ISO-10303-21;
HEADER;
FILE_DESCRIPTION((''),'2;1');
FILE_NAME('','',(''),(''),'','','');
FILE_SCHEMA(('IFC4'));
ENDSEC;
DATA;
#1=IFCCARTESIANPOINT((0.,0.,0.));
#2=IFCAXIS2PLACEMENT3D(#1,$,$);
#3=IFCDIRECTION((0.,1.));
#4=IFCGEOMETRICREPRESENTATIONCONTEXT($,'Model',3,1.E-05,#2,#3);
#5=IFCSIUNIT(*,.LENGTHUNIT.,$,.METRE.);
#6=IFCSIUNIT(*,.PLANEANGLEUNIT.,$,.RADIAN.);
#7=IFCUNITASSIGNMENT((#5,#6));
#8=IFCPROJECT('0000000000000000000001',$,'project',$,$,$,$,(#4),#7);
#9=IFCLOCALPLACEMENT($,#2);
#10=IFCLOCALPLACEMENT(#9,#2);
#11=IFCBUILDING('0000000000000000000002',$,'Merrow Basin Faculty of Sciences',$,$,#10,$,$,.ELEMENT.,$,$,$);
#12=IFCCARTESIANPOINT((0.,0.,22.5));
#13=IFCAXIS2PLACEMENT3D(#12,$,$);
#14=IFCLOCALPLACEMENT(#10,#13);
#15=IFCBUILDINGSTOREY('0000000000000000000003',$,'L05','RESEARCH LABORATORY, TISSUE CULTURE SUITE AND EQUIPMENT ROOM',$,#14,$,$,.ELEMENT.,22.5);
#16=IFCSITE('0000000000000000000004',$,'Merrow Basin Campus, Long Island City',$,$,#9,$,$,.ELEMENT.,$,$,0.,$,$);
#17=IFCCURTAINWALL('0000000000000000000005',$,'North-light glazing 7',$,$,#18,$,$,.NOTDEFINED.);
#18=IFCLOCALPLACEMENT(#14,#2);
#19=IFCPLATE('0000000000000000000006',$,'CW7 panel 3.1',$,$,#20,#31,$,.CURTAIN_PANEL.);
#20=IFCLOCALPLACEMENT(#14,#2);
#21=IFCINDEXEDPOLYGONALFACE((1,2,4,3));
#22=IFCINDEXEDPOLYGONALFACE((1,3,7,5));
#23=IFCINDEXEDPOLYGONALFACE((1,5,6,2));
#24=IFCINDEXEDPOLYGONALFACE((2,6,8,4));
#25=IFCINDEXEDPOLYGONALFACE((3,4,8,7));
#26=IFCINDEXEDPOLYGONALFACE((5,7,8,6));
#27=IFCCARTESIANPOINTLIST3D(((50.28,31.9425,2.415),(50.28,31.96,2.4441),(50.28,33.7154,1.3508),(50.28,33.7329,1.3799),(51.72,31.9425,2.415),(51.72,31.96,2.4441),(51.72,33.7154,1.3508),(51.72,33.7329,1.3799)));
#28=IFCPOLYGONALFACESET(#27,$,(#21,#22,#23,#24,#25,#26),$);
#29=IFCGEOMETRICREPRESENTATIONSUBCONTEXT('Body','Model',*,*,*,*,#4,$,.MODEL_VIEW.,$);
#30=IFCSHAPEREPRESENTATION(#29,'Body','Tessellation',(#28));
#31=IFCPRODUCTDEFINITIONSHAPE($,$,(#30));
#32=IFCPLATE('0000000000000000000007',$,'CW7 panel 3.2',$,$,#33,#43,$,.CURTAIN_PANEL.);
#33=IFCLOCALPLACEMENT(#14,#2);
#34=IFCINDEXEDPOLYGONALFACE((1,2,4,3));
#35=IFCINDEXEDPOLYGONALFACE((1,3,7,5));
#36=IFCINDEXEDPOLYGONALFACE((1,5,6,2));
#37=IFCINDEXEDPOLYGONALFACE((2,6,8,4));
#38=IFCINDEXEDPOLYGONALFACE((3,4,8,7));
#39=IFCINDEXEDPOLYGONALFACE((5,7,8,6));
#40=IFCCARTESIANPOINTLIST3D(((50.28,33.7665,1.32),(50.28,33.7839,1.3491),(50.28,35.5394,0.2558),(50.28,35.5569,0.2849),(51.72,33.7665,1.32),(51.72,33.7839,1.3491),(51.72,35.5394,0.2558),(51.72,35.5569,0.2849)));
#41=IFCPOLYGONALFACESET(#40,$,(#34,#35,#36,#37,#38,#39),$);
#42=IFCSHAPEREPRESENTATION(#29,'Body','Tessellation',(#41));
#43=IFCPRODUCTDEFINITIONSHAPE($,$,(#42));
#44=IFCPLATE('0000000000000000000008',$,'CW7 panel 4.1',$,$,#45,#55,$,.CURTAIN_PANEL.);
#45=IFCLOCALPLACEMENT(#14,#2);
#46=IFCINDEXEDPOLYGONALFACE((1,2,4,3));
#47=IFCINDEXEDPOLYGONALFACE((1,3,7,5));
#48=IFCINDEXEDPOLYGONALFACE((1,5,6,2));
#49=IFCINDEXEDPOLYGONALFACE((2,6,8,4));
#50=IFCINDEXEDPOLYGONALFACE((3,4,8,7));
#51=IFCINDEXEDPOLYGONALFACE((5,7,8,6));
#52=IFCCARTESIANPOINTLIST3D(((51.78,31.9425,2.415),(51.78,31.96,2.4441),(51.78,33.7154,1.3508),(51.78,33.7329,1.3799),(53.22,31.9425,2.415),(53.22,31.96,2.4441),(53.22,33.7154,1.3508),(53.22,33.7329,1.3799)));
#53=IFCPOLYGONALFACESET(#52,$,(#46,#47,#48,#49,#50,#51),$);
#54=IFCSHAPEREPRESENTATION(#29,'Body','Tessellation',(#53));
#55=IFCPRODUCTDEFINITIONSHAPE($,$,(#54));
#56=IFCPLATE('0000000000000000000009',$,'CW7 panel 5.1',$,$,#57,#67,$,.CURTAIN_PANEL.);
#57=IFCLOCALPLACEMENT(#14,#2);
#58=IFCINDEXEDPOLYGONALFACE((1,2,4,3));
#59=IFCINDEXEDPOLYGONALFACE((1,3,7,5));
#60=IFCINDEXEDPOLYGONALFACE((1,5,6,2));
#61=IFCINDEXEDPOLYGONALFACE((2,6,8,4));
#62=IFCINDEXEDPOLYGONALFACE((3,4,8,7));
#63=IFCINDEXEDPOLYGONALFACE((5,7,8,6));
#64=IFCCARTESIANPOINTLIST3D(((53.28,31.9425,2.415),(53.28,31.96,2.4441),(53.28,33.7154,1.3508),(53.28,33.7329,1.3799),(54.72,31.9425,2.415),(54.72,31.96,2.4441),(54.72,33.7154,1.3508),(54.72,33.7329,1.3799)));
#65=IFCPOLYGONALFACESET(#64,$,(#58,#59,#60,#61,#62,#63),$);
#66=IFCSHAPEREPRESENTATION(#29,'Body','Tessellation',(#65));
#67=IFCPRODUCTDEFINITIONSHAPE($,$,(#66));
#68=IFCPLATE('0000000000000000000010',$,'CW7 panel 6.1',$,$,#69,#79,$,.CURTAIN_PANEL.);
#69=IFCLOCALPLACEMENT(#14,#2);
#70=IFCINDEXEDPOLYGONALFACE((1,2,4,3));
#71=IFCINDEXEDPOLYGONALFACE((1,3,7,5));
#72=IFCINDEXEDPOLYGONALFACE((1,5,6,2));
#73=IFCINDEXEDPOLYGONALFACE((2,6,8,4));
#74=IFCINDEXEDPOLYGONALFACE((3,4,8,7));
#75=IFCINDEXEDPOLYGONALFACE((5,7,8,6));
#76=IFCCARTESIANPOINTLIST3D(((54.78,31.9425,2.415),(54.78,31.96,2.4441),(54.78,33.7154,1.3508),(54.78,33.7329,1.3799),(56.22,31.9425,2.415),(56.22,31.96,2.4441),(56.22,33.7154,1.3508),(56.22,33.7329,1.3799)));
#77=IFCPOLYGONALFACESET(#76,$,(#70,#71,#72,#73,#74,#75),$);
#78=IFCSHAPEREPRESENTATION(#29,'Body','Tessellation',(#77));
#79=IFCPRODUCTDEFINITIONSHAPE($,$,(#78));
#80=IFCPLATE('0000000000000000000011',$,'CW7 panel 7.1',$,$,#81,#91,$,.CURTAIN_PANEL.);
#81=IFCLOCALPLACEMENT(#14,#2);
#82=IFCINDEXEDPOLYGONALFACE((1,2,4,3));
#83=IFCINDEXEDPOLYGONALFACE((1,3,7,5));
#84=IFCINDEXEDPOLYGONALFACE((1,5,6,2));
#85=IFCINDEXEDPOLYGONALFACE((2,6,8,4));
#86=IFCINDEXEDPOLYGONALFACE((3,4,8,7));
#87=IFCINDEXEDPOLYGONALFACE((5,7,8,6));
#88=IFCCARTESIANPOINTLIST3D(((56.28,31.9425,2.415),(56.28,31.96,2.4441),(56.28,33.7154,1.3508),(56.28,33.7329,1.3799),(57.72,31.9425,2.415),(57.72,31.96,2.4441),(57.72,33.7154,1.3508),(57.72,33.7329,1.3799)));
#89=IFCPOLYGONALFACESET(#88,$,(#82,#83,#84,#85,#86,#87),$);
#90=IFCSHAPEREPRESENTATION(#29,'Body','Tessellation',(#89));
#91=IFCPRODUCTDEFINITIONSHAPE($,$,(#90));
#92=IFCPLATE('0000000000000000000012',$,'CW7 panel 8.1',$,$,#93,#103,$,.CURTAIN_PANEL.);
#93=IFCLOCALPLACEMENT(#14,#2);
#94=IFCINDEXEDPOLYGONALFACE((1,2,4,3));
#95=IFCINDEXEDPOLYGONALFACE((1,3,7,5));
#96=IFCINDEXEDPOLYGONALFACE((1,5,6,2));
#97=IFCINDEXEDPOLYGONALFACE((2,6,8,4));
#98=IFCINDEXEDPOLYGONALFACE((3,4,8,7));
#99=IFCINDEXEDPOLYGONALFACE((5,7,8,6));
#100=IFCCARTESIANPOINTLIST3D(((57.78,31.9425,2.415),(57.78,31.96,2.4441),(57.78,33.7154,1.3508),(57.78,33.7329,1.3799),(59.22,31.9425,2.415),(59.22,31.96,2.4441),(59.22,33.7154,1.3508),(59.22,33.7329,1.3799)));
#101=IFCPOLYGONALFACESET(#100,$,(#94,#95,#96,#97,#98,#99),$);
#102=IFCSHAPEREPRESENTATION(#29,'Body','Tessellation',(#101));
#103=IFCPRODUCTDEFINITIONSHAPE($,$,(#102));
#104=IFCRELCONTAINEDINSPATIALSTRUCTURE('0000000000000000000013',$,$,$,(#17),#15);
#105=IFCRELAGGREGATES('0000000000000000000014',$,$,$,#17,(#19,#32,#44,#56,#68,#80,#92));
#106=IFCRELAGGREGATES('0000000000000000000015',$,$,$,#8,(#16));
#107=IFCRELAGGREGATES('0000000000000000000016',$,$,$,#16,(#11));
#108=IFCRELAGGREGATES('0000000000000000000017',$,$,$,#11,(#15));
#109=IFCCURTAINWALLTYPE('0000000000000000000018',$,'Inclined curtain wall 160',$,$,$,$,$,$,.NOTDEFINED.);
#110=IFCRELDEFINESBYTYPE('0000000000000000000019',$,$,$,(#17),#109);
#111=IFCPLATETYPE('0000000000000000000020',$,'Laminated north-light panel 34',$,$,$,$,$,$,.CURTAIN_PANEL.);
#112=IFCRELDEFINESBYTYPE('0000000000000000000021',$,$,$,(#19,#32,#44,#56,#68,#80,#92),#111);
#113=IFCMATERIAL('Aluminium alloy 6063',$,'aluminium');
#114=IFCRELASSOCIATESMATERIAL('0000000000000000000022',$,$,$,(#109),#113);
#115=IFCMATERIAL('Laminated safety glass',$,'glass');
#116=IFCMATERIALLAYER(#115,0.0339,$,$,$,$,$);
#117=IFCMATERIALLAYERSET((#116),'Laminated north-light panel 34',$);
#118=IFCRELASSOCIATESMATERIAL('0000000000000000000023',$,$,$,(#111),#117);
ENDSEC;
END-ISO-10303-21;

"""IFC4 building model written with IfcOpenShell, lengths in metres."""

from ifc_helpers import new_model, si_unit, direction, frame, origin, place, context, subcontext, project, spatial, polyline, outline, extrude, material, layer, layer_set, type_object, element, aggregate, save


model = new_model("IFC4")

# Units and contexts
model_context = context("Model", 3, precision=1e-05, world=origin(), true_north=direction((0.0, 1.0)))
body_context = subcontext(model_context, "Body", "Model", "MODEL_VIEW")
ifc_project = project(units=[si_unit("LENGTHUNIT", "METRE"), si_unit("PLANEANGLEUNIT", "RADIAN")], contexts=[model_context])

# Site, building, storey
site_placement = place(None, origin())
site = spatial("IfcSite", under=ifc_project, at=site_placement, Name="Merrow Basin Campus, Long Island City", CompositionType="ELEMENT", RefElevation=0.0)
building_placement = place(site_placement, origin())
building = spatial("IfcBuilding", under=site, at=building_placement, Name="Merrow Basin Faculty of Sciences", CompositionType="ELEMENT")
storey_placement = place(building_placement, frame((0.0, 0.0, 22.5)))
storey = spatial("IfcBuildingStorey", under=building, at=storey_placement, Name="L05", Description="RESEARCH LABORATORY, TISSUE CULTURE SUITE AND EQUIPMENT ROOM", CompositionType="ELEMENT", Elevation=22.5)

# Curtain wall, plates
ifc_material_1 = material(Name="Aluminium alloy 6063", Category="aluminium")
curtain_wall_type = type_object("IfcCurtainWallType", Name="Inclined curtain wall 160", PredefinedType="NOTDEFINED", material=ifc_material_1)
curtain_wall_placement = place(storey_placement, origin())
curtain_wall = element("IfcCurtainWall", 1, at=curtain_wall_placement, inside=storey, type_object=curtain_wall_type, Name="North-light glazing 7", PredefinedType="NOTDEFINED")
ifc_material_2 = material(Name="Laminated safety glass", Category="glass")
ifc_layer = layer(ifc_material_2, 0.0339)
ifc_layer_set = layer_set([ifc_layer], Name="Laminated north-light panel 34")
plate_type = type_object("IfcPlateType", Name="Laminated north-light panel 34", PredefinedType="CURTAIN_PANEL", material=ifc_layer_set)
plate_1_placement = place(storey_placement, frame((50.28, 31.96, 2.4441), z_axis=(0.0, 0.514652, 0.857399), x_axis=(1.0, 0.0, 0.0)))
plate_1 = element("IfcPlate", 2, at=plate_1_placement, type_object=plate_type, Name="CW7 panel 3.1", PredefinedType="CURTAIN_PANEL", context=body_context, shape_type="SweptSolid", body=[
    extrude(outline(polyline([(0.0, 0.0), (1.4399, 0.0), (1.4399, 2.0678), (0.0, 2.0678), (0.0, 0.0)])), origin(), (0.0, 0.0, -1.0), 0.0339),
])
plate_2_placement = place(storey_placement, frame((50.28, 33.7839, 1.3491), z_axis=(0.0, 0.514652, 0.857399), x_axis=(1.0, 0.0, 0.0)))
plate_2 = element("IfcPlate", 3, at=plate_2_placement, type_object=plate_type, Name="CW7 panel 3.2", PredefinedType="CURTAIN_PANEL", context=body_context, shape_type="SweptSolid", body=[
    extrude(outline(polyline([(0.0, 0.0), (1.4399, 0.0), (1.4399, 2.0678), (0.0, 2.0678), (0.0, 0.0)])), origin(), (0.0, 0.0, -1.0), 0.0339),
])
plate_3_placement = place(storey_placement, frame((51.78, 31.96, 2.4441), z_axis=(0.0, 0.514652, 0.857399), x_axis=(1.0, 0.0, 0.0)))
plate_3 = element("IfcPlate", 4, at=plate_3_placement, type_object=plate_type, Name="CW7 panel 4.1", PredefinedType="CURTAIN_PANEL", context=body_context, shape_type="SweptSolid", body=[
    extrude(outline(polyline([(0.0, 0.0), (1.4399, 0.0), (1.4399, 2.0678), (0.0, 2.0678), (0.0, 0.0)])), origin(), (0.0, 0.0, -1.0), 0.0339),
])
plate_4_placement = place(storey_placement, frame((53.28, 31.96, 2.4441), z_axis=(0.0, 0.514652, 0.857399), x_axis=(1.0, 0.0, 0.0)))
plate_4 = element("IfcPlate", 5, at=plate_4_placement, type_object=plate_type, Name="CW7 panel 5.1", PredefinedType="CURTAIN_PANEL", context=body_context, shape_type="SweptSolid", body=[
    extrude(outline(polyline([(0.0, 0.0), (1.4399, 0.0), (1.4399, 2.0678), (0.0, 2.0678), (0.0, 0.0)])), origin(), (0.0, 0.0, -1.0), 0.0339),
])
plate_5_placement = place(storey_placement, frame((54.78, 31.96, 2.4441), z_axis=(0.0, 0.514652, 0.857399), x_axis=(1.0, 0.0, 0.0)))
plate_5 = element("IfcPlate", 6, at=plate_5_placement, type_object=plate_type, Name="CW7 panel 6.1", PredefinedType="CURTAIN_PANEL", context=body_context, shape_type="SweptSolid", body=[
    extrude(outline(polyline([(0.0, 0.0), (1.4399, 0.0), (1.4399, 2.0678), (0.0, 2.0678), (0.0, 0.0)])), origin(), (0.0, 0.0, -1.0), 0.0339),
])
plate_6_placement = place(storey_placement, frame((56.28, 31.96, 2.4441), z_axis=(0.0, 0.514652, 0.857399), x_axis=(1.0, 0.0, 0.0)))
plate_6 = element("IfcPlate", 7, at=plate_6_placement, type_object=plate_type, Name="CW7 panel 7.1", PredefinedType="CURTAIN_PANEL", context=body_context, shape_type="SweptSolid", body=[
    extrude(outline(polyline([(0.0, 0.0), (1.4399, 0.0), (1.4399, 2.0678), (0.0, 2.0678), (0.0, 0.0)])), origin(), (0.0, 0.0, -1.0), 0.0339),
])
plate_7_placement = place(storey_placement, frame((57.78, 31.96, 2.4441), z_axis=(0.0, 0.514652, 0.857399), x_axis=(1.0, 0.0, 0.0)))
plate_7 = element("IfcPlate", 8, at=plate_7_placement, type_object=plate_type, Name="CW7 panel 8.1", PredefinedType="CURTAIN_PANEL", context=body_context, shape_type="SweptSolid", body=[
    extrude(outline(polyline([(0.0, 0.0), (1.4399, 0.0), (1.4399, 2.0678), (0.0, 2.0678), (0.0, 0.0)])), origin(), (0.0, 0.0, -1.0), 0.0339),
])
aggregate(curtain_wall, [plate_1, plate_2, plate_3, plate_4, plate_5, plate_6, plate_7])

save(model, "model.ifc")
